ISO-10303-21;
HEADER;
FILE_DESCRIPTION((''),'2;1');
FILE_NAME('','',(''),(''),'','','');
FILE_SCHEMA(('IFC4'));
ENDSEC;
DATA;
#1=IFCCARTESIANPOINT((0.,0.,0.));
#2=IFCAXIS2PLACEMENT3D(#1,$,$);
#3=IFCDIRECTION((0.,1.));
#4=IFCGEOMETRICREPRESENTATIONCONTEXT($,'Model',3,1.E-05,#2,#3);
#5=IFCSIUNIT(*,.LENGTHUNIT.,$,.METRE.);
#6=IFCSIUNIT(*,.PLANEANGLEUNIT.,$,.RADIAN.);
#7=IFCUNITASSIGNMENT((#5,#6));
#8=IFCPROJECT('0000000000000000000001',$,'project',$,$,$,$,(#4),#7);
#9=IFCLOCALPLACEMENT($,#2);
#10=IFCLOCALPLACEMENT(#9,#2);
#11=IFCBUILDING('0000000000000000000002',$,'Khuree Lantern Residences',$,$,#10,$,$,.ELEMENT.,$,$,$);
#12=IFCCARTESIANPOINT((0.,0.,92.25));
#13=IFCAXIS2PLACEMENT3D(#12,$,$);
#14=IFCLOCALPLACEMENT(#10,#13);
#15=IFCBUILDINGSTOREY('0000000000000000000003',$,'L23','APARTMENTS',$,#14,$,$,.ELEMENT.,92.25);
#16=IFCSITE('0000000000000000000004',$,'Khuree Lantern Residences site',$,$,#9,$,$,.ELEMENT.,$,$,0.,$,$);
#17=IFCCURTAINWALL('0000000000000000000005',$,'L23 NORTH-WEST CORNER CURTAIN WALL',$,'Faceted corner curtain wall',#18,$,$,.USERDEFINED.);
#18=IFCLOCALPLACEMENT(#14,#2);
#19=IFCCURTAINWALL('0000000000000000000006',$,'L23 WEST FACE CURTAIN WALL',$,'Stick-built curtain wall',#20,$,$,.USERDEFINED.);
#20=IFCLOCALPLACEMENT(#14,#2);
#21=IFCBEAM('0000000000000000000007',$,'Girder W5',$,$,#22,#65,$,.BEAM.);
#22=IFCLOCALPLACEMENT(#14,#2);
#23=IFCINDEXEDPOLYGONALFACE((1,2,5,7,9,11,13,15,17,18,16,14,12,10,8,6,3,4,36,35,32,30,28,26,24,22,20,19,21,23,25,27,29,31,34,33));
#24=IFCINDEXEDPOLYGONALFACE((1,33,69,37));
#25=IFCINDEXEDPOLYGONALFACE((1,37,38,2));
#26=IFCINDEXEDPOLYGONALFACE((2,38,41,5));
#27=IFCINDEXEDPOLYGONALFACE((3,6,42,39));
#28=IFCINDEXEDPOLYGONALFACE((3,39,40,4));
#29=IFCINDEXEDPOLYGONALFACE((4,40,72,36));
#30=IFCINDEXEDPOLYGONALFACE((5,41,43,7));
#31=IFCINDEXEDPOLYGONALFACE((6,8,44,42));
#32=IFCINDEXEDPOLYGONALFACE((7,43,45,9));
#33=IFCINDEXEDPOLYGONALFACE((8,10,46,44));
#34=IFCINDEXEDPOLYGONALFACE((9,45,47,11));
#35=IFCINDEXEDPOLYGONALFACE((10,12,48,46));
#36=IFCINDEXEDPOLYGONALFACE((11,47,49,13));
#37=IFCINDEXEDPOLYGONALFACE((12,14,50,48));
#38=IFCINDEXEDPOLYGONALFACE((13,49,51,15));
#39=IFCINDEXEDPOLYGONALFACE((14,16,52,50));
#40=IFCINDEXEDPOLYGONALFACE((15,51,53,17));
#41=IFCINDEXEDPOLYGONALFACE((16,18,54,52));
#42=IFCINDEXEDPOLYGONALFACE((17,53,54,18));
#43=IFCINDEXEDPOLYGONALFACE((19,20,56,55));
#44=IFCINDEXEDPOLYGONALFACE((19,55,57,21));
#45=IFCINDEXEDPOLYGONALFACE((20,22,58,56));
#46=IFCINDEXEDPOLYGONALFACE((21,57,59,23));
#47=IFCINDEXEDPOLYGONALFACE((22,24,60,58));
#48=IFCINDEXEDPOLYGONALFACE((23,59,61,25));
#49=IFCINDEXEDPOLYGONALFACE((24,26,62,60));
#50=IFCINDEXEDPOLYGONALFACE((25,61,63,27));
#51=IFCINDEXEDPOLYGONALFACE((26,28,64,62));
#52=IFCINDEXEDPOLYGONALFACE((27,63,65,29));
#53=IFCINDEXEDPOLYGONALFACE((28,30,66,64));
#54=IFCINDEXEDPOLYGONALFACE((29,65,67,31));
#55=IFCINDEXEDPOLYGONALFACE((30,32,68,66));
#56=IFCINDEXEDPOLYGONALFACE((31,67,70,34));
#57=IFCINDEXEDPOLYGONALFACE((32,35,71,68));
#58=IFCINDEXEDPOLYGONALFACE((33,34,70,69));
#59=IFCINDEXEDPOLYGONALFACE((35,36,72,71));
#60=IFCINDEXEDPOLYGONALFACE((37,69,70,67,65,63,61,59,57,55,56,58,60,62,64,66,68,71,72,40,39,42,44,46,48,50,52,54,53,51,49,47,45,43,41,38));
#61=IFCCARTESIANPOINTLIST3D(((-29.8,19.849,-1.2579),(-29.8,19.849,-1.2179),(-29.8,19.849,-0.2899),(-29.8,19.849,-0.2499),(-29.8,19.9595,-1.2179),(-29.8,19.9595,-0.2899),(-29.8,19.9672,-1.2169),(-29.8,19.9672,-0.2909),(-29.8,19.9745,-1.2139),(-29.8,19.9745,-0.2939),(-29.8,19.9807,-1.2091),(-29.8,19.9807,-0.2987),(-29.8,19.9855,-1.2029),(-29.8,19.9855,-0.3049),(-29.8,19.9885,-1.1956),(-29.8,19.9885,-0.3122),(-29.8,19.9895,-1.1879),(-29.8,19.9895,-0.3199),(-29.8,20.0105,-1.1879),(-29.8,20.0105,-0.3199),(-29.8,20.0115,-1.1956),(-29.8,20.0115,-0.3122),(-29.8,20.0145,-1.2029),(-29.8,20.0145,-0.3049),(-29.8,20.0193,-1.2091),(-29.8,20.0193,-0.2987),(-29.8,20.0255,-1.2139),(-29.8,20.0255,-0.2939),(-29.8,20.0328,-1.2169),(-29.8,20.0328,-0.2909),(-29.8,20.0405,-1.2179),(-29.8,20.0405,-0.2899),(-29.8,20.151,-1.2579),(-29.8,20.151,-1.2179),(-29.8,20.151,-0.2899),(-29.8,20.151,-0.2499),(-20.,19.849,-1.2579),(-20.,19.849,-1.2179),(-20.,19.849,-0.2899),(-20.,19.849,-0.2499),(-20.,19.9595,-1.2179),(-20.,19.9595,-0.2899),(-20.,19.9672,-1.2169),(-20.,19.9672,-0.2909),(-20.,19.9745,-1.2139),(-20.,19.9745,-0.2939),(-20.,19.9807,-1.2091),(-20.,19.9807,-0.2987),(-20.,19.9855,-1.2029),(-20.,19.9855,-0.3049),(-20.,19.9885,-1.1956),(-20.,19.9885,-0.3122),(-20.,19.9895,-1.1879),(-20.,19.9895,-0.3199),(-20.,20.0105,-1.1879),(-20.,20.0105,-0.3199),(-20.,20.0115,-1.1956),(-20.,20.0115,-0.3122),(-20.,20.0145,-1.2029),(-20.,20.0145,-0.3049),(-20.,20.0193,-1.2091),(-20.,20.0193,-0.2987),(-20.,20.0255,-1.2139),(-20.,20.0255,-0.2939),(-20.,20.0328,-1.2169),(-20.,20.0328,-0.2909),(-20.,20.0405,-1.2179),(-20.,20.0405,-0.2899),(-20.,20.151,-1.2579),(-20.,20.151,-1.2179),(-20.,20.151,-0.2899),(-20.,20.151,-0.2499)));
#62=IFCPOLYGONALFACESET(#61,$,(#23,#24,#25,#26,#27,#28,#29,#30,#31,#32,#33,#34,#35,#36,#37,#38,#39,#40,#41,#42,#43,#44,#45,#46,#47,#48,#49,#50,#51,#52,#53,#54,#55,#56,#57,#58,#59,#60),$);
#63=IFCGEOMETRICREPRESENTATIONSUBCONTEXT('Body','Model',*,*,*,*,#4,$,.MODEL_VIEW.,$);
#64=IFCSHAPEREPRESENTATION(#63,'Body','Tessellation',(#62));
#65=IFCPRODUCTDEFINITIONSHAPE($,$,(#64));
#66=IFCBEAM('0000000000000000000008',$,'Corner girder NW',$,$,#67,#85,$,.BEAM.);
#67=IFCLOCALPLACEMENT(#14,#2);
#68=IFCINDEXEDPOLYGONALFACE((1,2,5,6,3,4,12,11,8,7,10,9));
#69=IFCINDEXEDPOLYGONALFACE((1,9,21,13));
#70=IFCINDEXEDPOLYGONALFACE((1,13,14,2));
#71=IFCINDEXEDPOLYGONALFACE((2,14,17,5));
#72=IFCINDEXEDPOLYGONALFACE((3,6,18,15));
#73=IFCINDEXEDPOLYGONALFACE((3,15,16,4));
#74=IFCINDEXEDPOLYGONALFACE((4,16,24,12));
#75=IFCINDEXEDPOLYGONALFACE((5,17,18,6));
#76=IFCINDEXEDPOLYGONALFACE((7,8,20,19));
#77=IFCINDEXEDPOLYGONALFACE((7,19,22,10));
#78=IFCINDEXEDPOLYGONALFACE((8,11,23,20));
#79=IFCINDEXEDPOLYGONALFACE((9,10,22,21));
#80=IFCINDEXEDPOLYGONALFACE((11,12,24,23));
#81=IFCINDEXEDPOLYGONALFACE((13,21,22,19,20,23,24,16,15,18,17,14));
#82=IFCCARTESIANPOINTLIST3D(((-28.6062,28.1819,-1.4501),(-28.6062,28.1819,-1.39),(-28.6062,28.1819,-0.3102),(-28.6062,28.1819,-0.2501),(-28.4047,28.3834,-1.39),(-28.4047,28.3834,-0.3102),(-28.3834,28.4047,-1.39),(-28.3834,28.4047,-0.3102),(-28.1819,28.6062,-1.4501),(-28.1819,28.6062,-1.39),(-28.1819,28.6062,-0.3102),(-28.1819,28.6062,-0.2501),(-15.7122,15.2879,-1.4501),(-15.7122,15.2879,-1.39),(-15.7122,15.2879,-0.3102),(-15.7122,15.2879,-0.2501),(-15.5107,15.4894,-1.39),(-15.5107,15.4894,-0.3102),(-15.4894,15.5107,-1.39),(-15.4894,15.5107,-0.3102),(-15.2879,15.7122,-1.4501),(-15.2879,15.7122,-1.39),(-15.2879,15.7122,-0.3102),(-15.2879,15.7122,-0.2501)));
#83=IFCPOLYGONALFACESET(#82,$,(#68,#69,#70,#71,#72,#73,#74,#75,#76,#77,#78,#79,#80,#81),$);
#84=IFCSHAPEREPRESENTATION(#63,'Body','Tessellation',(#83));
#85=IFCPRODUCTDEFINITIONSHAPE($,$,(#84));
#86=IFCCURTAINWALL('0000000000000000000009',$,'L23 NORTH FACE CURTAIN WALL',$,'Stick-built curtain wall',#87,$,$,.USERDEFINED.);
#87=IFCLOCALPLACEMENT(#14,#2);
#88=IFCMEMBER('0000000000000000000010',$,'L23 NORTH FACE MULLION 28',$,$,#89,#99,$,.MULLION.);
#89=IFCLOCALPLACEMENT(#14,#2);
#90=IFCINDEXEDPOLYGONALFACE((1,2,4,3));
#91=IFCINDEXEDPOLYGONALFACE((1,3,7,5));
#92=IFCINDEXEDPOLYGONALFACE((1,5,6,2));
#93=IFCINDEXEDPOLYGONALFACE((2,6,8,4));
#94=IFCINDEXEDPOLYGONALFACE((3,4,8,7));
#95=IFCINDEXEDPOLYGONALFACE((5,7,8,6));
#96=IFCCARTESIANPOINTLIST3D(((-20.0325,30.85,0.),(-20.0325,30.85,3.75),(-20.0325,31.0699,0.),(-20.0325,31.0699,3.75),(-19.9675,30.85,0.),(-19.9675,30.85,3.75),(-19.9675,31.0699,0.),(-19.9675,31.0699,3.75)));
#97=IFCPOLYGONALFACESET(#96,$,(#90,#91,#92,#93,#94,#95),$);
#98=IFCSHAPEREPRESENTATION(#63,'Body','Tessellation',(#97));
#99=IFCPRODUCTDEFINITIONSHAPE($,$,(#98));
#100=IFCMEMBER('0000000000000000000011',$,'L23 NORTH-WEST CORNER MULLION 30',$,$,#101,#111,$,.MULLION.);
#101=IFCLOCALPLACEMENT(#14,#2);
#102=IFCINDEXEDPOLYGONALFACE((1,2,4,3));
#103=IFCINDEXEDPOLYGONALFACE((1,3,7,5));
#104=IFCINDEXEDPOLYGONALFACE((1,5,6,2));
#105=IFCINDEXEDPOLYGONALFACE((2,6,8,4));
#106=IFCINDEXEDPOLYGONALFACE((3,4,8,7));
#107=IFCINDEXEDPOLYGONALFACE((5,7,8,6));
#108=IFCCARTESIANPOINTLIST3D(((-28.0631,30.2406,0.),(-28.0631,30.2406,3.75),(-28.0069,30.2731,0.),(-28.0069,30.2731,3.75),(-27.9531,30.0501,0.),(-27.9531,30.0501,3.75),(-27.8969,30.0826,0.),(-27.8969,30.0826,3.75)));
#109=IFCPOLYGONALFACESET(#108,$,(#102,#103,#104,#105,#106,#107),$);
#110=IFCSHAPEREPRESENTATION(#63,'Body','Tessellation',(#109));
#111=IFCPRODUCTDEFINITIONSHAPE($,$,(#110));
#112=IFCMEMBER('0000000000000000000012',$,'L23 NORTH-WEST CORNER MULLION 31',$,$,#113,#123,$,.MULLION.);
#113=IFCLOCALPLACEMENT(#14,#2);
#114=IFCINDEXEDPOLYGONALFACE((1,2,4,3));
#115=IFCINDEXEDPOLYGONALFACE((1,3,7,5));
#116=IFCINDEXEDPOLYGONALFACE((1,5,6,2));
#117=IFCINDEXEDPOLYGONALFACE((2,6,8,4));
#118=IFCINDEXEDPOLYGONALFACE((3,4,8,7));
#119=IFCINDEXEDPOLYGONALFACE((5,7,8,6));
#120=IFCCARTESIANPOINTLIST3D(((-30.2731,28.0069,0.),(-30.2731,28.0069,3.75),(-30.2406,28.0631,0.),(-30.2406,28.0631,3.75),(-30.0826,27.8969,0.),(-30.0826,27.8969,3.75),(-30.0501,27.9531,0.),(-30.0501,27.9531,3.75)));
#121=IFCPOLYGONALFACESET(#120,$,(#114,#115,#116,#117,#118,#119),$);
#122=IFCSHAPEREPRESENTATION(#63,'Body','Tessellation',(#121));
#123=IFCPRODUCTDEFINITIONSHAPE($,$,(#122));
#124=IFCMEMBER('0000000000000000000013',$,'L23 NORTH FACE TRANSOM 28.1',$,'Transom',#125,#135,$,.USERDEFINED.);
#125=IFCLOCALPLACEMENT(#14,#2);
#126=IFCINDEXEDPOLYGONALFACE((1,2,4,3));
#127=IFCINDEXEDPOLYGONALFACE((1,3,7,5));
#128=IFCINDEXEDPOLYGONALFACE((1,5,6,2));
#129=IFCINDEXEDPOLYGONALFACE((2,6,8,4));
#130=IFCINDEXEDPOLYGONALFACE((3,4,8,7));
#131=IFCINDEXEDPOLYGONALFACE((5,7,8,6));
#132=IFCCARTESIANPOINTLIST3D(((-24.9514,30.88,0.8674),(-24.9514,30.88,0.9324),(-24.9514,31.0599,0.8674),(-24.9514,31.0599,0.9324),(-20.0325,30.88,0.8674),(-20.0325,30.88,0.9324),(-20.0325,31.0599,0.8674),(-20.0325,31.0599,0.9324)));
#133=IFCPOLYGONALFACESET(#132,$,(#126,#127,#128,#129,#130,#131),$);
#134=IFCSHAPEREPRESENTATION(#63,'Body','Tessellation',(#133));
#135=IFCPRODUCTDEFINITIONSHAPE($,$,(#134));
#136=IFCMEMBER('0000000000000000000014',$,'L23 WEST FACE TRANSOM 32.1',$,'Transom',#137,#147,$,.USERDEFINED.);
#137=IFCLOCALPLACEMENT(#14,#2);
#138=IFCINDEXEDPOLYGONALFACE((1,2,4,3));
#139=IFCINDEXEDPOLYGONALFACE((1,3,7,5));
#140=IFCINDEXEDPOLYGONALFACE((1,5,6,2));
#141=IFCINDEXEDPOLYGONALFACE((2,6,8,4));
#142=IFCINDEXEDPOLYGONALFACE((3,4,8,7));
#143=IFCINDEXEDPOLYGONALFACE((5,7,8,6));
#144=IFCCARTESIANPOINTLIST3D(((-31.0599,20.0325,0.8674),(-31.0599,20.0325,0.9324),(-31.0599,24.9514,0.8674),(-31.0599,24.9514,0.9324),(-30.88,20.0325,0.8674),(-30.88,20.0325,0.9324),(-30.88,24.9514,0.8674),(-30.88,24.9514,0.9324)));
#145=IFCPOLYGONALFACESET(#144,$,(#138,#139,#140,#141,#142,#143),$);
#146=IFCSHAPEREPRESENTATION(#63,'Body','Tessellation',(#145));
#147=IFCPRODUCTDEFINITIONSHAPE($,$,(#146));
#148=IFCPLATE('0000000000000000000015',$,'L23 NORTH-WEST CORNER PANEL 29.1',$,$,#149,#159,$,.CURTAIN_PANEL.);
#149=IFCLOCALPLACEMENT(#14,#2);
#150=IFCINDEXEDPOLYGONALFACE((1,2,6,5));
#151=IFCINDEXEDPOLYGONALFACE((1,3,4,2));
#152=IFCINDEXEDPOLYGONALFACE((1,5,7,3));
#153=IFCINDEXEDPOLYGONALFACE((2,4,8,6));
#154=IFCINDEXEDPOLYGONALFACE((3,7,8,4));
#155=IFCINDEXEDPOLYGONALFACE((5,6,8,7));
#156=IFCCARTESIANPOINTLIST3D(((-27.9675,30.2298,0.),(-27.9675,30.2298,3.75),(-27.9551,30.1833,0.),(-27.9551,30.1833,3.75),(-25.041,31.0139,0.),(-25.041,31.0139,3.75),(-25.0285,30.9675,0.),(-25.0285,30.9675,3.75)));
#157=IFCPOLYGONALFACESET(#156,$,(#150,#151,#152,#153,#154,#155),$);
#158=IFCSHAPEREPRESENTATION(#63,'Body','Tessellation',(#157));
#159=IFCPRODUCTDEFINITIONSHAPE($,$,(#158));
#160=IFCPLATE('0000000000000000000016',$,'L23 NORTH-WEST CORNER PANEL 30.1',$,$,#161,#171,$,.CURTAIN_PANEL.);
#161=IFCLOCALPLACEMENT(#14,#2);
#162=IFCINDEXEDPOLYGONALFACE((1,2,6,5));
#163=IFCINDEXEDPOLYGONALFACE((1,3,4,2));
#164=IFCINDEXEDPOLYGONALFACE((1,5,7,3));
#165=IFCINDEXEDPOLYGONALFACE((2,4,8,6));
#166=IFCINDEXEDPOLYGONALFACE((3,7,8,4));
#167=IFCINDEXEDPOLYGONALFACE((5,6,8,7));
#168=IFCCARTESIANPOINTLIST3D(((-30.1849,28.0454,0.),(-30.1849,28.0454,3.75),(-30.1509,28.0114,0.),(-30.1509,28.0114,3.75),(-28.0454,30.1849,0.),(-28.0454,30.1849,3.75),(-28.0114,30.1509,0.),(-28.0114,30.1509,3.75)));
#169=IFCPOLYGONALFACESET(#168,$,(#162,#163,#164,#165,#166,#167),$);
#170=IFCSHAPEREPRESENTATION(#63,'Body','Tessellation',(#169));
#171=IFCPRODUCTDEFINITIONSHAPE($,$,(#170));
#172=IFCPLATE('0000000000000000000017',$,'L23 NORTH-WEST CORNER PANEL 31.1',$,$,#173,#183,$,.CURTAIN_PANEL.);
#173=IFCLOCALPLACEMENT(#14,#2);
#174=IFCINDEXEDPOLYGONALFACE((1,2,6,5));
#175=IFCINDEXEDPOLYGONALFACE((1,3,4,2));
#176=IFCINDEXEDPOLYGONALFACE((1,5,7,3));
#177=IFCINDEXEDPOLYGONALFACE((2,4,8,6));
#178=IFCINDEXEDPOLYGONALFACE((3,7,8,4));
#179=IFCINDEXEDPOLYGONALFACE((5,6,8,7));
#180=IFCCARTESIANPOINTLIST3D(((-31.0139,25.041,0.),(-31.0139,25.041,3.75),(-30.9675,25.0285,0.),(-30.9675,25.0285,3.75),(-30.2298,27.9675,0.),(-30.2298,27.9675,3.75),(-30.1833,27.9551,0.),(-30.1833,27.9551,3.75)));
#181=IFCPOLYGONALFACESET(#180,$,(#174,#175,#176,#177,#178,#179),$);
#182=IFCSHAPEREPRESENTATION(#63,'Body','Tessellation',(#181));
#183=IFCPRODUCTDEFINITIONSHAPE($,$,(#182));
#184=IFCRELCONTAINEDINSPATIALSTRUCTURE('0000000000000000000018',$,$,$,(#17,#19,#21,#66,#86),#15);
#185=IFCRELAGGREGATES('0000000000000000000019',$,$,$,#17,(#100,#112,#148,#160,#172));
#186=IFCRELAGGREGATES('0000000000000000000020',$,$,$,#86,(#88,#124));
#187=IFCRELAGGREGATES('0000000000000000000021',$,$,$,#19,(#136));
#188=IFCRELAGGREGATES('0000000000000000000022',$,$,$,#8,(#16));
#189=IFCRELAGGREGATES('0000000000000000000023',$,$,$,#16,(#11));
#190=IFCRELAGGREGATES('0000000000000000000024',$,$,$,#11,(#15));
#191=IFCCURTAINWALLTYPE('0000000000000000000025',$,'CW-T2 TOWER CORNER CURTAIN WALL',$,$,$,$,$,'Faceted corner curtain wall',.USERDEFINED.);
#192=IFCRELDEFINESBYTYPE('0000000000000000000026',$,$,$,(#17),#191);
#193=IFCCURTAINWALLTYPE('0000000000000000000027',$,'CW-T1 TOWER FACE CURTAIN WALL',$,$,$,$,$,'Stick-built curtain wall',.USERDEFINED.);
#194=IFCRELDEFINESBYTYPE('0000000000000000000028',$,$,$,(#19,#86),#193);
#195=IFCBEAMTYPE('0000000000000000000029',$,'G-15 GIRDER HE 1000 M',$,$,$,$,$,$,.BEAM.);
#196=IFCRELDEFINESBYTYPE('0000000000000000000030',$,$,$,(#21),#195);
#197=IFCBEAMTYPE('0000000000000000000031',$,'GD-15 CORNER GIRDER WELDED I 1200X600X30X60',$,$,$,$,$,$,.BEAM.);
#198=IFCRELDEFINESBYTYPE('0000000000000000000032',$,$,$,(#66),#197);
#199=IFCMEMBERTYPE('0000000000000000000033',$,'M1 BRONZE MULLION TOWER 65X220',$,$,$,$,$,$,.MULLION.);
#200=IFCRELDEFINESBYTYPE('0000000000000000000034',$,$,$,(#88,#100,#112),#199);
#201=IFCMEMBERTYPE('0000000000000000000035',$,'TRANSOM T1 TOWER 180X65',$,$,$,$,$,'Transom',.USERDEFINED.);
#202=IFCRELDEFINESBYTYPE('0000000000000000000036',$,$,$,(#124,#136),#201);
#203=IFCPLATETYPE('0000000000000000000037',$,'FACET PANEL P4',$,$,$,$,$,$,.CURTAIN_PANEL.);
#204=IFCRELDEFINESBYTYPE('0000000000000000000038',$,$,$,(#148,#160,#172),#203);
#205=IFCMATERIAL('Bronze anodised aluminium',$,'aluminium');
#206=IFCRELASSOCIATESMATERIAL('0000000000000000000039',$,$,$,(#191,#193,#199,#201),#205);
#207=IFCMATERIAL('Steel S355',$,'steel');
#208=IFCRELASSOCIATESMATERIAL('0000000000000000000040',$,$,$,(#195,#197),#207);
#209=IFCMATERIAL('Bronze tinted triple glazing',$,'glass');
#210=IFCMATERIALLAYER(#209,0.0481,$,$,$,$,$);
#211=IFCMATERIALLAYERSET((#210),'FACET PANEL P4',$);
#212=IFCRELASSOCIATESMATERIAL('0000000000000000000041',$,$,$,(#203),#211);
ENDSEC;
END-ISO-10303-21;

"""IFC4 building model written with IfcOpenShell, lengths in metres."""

from ifc_helpers import new_model, si_unit, direction, frame, origin, origin_2d, place, context, subcontext, project, spatial, rectangle, i_section, extrude, material, layer, layer_set, material_profile, profile_set, type_object, element, aggregate, save


model = new_model("IFC4")

# Units and contexts
model_context = context("Model", 3, precision=1e-05, world=origin(), true_north=direction((0.0, 1.0)))
body_context = subcontext(model_context, "Body", "Model", "MODEL_VIEW")
ifc_project = project(units=[si_unit("LENGTHUNIT", "METRE"), si_unit("PLANEANGLEUNIT", "RADIAN")], contexts=[model_context])

# Site, building, storey
site_placement = place(None, origin())
site = spatial("IfcSite", under=ifc_project, at=site_placement, Name="Khuree Lantern Residences site", CompositionType="ELEMENT", RefElevation=0.0)
building_placement = place(site_placement, origin())
building = spatial("IfcBuilding", under=site, at=building_placement, Name="Khuree Lantern Residences", CompositionType="ELEMENT")
storey_placement = place(building_placement, frame((0.0, 0.0, 92.25)))
storey = spatial("IfcBuildingStorey", under=building, at=storey_placement, Name="L23", Description="APARTMENTS", CompositionType="ELEMENT", Elevation=92.25)

# Shared definitions
ifc_material_1 = material(Name="Steel S355", Category="steel")

# Curtain walls
ifc_material_2 = material(Name="Bronze anodised aluminium", Category="aluminium")
curtain_wall_type_1 = type_object("IfcCurtainWallType", Name="CW-T2 TOWER CORNER CURTAIN WALL", ElementType="Faceted corner curtain wall", PredefinedType="USERDEFINED", material=ifc_material_2)
curtain_wall_1_placement = place(storey_placement, origin())
curtain_wall_1 = element("IfcCurtainWall", 1, at=curtain_wall_1_placement, inside=storey, type_object=curtain_wall_type_1, Name="L23 NORTH-WEST CORNER CURTAIN WALL", ObjectType="Faceted corner curtain wall", PredefinedType="USERDEFINED")
curtain_wall_type_2 = type_object("IfcCurtainWallType", Name="CW-T1 TOWER FACE CURTAIN WALL", ElementType="Stick-built curtain wall", PredefinedType="USERDEFINED", material=ifc_material_2)
curtain_wall_2_placement = place(storey_placement, origin())
curtain_wall_2 = element("IfcCurtainWall", 2, at=curtain_wall_2_placement, inside=storey, type_object=curtain_wall_type_2, Name="L23 WEST FACE CURTAIN WALL", ObjectType="Stick-built curtain wall", PredefinedType="USERDEFINED")

# Beams
ifc_material_profile_1 = material_profile(ifc_material_1, i_section(OverallWidth=0.302, OverallDepth=1.0081, WebThickness=0.021, FlangeThickness=0.04, FilletRadius=0.03, at=origin_2d()), Name="HE 1000 M")
ifc_profile_set_1 = profile_set([ifc_material_profile_1], Name="Steel S355")
beam_type_1 = type_object("IfcBeamType", Name="G-15 GIRDER HE 1000 M", PredefinedType="BEAM", material=ifc_profile_set_1)
for number, where, z_axis, x_axis, name in (
    (3, (-29.8, 20.0, -0.7539), (1.0, 0.0, 0.0), (0.0, 1.0, 0.0), "Girder W5"),
):
    element("IfcBeam", number, at=place(storey_placement, frame(where, z_axis=z_axis, x_axis=x_axis)), inside=storey, type_object=beam_type_1, Name=name, PredefinedType="BEAM", context=body_context, shape_type="SweptSolid", body=[
        extrude(i_section(OverallWidth=0.302, OverallDepth=1.0081, WebThickness=0.021, FlangeThickness=0.04, FilletRadius=0.03, at=origin_2d()), origin(), (0.0, 0.0, 1.0), 9.8),
    ])
ifc_material_profile_2 = material_profile(ifc_material_1, i_section(OverallWidth=0.6001, OverallDepth=1.2, WebThickness=0.03, FlangeThickness=0.0601, at=origin_2d()), Name="WELDED I 1200X600X30X60")
ifc_profile_set_2 = profile_set([ifc_material_profile_2], Name="Steel S355")
beam_type_2 = type_object("IfcBeamType", Name="GD-15 CORNER GIRDER WELDED I 1200X600X30X60", PredefinedType="BEAM", material=ifc_profile_set_2)
beam_1_placement = place(storey_placement, frame((-28.394, 28.394, -0.8501), z_axis=(0.707107, -0.707107, 0.0), x_axis=(0.707107, 0.707107, 0.0)))
element("IfcBeam", 4, at=beam_1_placement, inside=storey, type_object=beam_type_2, Name="Corner girder NW", PredefinedType="BEAM", context=body_context, shape_type="SweptSolid", body=[
    extrude(i_section(OverallWidth=0.6001, OverallDepth=1.2, WebThickness=0.03, FlangeThickness=0.0601, at=origin_2d()), origin(), (0.0, 0.0, 1.0), 18.2349),
])

# Curtain wall, member
curtain_wall_3_placement = place(storey_placement, origin())
curtain_wall_3 = element("IfcCurtainWall", 5, at=curtain_wall_3_placement, inside=storey, type_object=curtain_wall_type_2, Name="L23 NORTH FACE CURTAIN WALL", ObjectType="Stick-built curtain wall", PredefinedType="USERDEFINED")
ifc_material_profile_3 = material_profile(ifc_material_2, rectangle(XDim=0.0649, YDim=0.22, at=origin_2d()), Name="M1 65X220")
ifc_profile_set_3 = profile_set([ifc_material_profile_3], Name="Bronze anodised aluminium")
member_type_1 = type_object("IfcMemberType", Name="M1 BRONZE MULLION TOWER 65X220", PredefinedType="MULLION", material=ifc_profile_set_3)
member_1_placement = place(storey_placement, frame((-20.0, 30.96, 0.0), z_axis=(0.0, 0.0, 1.0), x_axis=(-1.0, 0.0, 0.0)))
member_1 = element("IfcMember", 6, at=member_1_placement, type_object=member_type_1, Name="L23 NORTH FACE MULLION 28", PredefinedType="MULLION", context=body_context, shape_type="SweptSolid", body=[
    extrude(rectangle(XDim=0.0649, YDim=0.22, at=origin_2d()), origin(), (0.0, 0.0, 1.0), 3.75),
])

# Members
member_2_placement = place(storey_placement, frame((-27.98, 30.1616, 0.0), z_axis=(0.0, 0.0, 1.0), x_axis=(-0.866025, -0.5, 0.0)))
member_2 = element("IfcMember", 7, at=member_2_placement, type_object=member_type_1, Name="L23 NORTH-WEST CORNER MULLION 30", PredefinedType="MULLION", context=body_context, shape_type="SweptSolid", body=[
    extrude(rectangle(XDim=0.0649, YDim=0.22, at=origin_2d()), origin(), (0.0, 0.0, 1.0), 3.75),
])
member_3_placement = place(storey_placement, frame((-30.1616, 27.98, 0.0), z_axis=(0.0, 0.0, 1.0), x_axis=(-0.5, -0.866025, 0.0)))
member_3 = element("IfcMember", 8, at=member_3_placement, type_object=member_type_1, Name="L23 NORTH-WEST CORNER MULLION 31", PredefinedType="MULLION", context=body_context, shape_type="SweptSolid", body=[
    extrude(rectangle(XDim=0.0649, YDim=0.22, at=origin_2d()), origin(), (0.0, 0.0, 1.0), 3.75),
])
ifc_material_profile_4 = material_profile(ifc_material_2, rectangle(XDim=0.1799, YDim=0.0649, at=origin_2d()), Name="T1 180X65")
ifc_profile_set_4 = profile_set([ifc_material_profile_4], Name="Bronze anodised aluminium")
member_type_2 = type_object("IfcMemberType", Name="TRANSOM T1 TOWER 180X65", ElementType="Transom", PredefinedType="USERDEFINED", material=ifc_profile_set_4)
member_4_placement = place(storey_placement, frame((-20.0325, 30.97, 0.8999), z_axis=(-1.0, 0.0, 0.0), x_axis=(0.0, -1.0, 0.0)))
member_4 = element("IfcMember", 9, at=member_4_placement, type_object=member_type_2, Name="L23 NORTH FACE TRANSOM 28.1", ObjectType="Transom", PredefinedType="USERDEFINED", context=body_context, shape_type="SweptSolid", body=[
    extrude(rectangle(XDim=0.1799, YDim=0.0649, at=origin_2d()), origin(), (0.0, 0.0, 1.0), 4.9189),
])
member_5_placement = place(storey_placement, frame((-30.97, 24.9514, 0.8999), z_axis=(0.0, -1.0, 0.0), x_axis=(1.0, 0.0, 0.0)))
member_5 = element("IfcMember", 10, at=member_5_placement, type_object=member_type_2, Name="L23 WEST FACE TRANSOM 32.1", ObjectType="Transom", PredefinedType="USERDEFINED", context=body_context, shape_type="SweptSolid", body=[
    extrude(rectangle(XDim=0.1799, YDim=0.0649, at=origin_2d()), origin(), (0.0, 0.0, 1.0), 4.9189),
])

# Plates
ifc_material_3 = material(Name="Bronze tinted triple glazing", Category="glass")
ifc_layer_1 = layer(ifc_material_3, 0.0481)
ifc_layer_set_1 = layer_set([ifc_layer_1], Name="FACET PANEL P4")
plate_type_1 = type_object("IfcPlateType", Name="FACET PANEL P4", PredefinedType="CURTAIN_PANEL", material=ifc_layer_set_1)
plate_1_placement = place(storey_placement, frame((-26.498, 30.5986, 0.0), z_axis=(0.0, 0.0, 1.0), x_axis=(-0.965926, -0.258819, 0.0)))
plate_1 = element("IfcPlate", 11, at=plate_1_placement, type_object=plate_type_1, Name="L23 NORTH-WEST CORNER PANEL 29.1", PredefinedType="CURTAIN_PANEL", context=body_context, shape_type="SweptSolid", body=[
    extrude(rectangle(XDim=3.0298, YDim=0.0481, at=origin_2d()), origin(), (0.0, 0.0, 1.0), 3.75),
])
plate_2_placement = place(storey_placement, frame((-29.0981, 29.0981, 0.0), z_axis=(0.0, 0.0, 1.0), x_axis=(-0.707107, -0.707107, 0.0)))
plate_2 = element("IfcPlate", 12, at=plate_2_placement, type_object=plate_type_1, Name="L23 NORTH-WEST CORNER PANEL 30.1", PredefinedType="CURTAIN_PANEL", context=body_context, shape_type="SweptSolid", body=[
    extrude(rectangle(XDim=3.0256, YDim=0.0481, at=origin_2d()), origin(), (0.0, 0.0, 1.0), 3.75),
])
plate_3_placement = place(storey_placement, frame((-30.5986, 26.498, 0.0), z_axis=(0.0, 0.0, 1.0), x_axis=(-0.258819, -0.965926, 0.0)))
plate_3 = element("IfcPlate", 13, at=plate_3_placement, type_object=plate_type_1, Name="L23 NORTH-WEST CORNER PANEL 31.1", PredefinedType="CURTAIN_PANEL", context=body_context, shape_type="SweptSolid", body=[
    extrude(rectangle(XDim=3.0298, YDim=0.0481, at=origin_2d()), origin(), (0.0, 0.0, 1.0), 3.75),
])
aggregate(curtain_wall_1, [member_2, member_3, plate_1, plate_2, plate_3])
aggregate(curtain_wall_3, [member_1, member_4])
aggregate(curtain_wall_2, [member_5])

save(model, "model.ifc")
